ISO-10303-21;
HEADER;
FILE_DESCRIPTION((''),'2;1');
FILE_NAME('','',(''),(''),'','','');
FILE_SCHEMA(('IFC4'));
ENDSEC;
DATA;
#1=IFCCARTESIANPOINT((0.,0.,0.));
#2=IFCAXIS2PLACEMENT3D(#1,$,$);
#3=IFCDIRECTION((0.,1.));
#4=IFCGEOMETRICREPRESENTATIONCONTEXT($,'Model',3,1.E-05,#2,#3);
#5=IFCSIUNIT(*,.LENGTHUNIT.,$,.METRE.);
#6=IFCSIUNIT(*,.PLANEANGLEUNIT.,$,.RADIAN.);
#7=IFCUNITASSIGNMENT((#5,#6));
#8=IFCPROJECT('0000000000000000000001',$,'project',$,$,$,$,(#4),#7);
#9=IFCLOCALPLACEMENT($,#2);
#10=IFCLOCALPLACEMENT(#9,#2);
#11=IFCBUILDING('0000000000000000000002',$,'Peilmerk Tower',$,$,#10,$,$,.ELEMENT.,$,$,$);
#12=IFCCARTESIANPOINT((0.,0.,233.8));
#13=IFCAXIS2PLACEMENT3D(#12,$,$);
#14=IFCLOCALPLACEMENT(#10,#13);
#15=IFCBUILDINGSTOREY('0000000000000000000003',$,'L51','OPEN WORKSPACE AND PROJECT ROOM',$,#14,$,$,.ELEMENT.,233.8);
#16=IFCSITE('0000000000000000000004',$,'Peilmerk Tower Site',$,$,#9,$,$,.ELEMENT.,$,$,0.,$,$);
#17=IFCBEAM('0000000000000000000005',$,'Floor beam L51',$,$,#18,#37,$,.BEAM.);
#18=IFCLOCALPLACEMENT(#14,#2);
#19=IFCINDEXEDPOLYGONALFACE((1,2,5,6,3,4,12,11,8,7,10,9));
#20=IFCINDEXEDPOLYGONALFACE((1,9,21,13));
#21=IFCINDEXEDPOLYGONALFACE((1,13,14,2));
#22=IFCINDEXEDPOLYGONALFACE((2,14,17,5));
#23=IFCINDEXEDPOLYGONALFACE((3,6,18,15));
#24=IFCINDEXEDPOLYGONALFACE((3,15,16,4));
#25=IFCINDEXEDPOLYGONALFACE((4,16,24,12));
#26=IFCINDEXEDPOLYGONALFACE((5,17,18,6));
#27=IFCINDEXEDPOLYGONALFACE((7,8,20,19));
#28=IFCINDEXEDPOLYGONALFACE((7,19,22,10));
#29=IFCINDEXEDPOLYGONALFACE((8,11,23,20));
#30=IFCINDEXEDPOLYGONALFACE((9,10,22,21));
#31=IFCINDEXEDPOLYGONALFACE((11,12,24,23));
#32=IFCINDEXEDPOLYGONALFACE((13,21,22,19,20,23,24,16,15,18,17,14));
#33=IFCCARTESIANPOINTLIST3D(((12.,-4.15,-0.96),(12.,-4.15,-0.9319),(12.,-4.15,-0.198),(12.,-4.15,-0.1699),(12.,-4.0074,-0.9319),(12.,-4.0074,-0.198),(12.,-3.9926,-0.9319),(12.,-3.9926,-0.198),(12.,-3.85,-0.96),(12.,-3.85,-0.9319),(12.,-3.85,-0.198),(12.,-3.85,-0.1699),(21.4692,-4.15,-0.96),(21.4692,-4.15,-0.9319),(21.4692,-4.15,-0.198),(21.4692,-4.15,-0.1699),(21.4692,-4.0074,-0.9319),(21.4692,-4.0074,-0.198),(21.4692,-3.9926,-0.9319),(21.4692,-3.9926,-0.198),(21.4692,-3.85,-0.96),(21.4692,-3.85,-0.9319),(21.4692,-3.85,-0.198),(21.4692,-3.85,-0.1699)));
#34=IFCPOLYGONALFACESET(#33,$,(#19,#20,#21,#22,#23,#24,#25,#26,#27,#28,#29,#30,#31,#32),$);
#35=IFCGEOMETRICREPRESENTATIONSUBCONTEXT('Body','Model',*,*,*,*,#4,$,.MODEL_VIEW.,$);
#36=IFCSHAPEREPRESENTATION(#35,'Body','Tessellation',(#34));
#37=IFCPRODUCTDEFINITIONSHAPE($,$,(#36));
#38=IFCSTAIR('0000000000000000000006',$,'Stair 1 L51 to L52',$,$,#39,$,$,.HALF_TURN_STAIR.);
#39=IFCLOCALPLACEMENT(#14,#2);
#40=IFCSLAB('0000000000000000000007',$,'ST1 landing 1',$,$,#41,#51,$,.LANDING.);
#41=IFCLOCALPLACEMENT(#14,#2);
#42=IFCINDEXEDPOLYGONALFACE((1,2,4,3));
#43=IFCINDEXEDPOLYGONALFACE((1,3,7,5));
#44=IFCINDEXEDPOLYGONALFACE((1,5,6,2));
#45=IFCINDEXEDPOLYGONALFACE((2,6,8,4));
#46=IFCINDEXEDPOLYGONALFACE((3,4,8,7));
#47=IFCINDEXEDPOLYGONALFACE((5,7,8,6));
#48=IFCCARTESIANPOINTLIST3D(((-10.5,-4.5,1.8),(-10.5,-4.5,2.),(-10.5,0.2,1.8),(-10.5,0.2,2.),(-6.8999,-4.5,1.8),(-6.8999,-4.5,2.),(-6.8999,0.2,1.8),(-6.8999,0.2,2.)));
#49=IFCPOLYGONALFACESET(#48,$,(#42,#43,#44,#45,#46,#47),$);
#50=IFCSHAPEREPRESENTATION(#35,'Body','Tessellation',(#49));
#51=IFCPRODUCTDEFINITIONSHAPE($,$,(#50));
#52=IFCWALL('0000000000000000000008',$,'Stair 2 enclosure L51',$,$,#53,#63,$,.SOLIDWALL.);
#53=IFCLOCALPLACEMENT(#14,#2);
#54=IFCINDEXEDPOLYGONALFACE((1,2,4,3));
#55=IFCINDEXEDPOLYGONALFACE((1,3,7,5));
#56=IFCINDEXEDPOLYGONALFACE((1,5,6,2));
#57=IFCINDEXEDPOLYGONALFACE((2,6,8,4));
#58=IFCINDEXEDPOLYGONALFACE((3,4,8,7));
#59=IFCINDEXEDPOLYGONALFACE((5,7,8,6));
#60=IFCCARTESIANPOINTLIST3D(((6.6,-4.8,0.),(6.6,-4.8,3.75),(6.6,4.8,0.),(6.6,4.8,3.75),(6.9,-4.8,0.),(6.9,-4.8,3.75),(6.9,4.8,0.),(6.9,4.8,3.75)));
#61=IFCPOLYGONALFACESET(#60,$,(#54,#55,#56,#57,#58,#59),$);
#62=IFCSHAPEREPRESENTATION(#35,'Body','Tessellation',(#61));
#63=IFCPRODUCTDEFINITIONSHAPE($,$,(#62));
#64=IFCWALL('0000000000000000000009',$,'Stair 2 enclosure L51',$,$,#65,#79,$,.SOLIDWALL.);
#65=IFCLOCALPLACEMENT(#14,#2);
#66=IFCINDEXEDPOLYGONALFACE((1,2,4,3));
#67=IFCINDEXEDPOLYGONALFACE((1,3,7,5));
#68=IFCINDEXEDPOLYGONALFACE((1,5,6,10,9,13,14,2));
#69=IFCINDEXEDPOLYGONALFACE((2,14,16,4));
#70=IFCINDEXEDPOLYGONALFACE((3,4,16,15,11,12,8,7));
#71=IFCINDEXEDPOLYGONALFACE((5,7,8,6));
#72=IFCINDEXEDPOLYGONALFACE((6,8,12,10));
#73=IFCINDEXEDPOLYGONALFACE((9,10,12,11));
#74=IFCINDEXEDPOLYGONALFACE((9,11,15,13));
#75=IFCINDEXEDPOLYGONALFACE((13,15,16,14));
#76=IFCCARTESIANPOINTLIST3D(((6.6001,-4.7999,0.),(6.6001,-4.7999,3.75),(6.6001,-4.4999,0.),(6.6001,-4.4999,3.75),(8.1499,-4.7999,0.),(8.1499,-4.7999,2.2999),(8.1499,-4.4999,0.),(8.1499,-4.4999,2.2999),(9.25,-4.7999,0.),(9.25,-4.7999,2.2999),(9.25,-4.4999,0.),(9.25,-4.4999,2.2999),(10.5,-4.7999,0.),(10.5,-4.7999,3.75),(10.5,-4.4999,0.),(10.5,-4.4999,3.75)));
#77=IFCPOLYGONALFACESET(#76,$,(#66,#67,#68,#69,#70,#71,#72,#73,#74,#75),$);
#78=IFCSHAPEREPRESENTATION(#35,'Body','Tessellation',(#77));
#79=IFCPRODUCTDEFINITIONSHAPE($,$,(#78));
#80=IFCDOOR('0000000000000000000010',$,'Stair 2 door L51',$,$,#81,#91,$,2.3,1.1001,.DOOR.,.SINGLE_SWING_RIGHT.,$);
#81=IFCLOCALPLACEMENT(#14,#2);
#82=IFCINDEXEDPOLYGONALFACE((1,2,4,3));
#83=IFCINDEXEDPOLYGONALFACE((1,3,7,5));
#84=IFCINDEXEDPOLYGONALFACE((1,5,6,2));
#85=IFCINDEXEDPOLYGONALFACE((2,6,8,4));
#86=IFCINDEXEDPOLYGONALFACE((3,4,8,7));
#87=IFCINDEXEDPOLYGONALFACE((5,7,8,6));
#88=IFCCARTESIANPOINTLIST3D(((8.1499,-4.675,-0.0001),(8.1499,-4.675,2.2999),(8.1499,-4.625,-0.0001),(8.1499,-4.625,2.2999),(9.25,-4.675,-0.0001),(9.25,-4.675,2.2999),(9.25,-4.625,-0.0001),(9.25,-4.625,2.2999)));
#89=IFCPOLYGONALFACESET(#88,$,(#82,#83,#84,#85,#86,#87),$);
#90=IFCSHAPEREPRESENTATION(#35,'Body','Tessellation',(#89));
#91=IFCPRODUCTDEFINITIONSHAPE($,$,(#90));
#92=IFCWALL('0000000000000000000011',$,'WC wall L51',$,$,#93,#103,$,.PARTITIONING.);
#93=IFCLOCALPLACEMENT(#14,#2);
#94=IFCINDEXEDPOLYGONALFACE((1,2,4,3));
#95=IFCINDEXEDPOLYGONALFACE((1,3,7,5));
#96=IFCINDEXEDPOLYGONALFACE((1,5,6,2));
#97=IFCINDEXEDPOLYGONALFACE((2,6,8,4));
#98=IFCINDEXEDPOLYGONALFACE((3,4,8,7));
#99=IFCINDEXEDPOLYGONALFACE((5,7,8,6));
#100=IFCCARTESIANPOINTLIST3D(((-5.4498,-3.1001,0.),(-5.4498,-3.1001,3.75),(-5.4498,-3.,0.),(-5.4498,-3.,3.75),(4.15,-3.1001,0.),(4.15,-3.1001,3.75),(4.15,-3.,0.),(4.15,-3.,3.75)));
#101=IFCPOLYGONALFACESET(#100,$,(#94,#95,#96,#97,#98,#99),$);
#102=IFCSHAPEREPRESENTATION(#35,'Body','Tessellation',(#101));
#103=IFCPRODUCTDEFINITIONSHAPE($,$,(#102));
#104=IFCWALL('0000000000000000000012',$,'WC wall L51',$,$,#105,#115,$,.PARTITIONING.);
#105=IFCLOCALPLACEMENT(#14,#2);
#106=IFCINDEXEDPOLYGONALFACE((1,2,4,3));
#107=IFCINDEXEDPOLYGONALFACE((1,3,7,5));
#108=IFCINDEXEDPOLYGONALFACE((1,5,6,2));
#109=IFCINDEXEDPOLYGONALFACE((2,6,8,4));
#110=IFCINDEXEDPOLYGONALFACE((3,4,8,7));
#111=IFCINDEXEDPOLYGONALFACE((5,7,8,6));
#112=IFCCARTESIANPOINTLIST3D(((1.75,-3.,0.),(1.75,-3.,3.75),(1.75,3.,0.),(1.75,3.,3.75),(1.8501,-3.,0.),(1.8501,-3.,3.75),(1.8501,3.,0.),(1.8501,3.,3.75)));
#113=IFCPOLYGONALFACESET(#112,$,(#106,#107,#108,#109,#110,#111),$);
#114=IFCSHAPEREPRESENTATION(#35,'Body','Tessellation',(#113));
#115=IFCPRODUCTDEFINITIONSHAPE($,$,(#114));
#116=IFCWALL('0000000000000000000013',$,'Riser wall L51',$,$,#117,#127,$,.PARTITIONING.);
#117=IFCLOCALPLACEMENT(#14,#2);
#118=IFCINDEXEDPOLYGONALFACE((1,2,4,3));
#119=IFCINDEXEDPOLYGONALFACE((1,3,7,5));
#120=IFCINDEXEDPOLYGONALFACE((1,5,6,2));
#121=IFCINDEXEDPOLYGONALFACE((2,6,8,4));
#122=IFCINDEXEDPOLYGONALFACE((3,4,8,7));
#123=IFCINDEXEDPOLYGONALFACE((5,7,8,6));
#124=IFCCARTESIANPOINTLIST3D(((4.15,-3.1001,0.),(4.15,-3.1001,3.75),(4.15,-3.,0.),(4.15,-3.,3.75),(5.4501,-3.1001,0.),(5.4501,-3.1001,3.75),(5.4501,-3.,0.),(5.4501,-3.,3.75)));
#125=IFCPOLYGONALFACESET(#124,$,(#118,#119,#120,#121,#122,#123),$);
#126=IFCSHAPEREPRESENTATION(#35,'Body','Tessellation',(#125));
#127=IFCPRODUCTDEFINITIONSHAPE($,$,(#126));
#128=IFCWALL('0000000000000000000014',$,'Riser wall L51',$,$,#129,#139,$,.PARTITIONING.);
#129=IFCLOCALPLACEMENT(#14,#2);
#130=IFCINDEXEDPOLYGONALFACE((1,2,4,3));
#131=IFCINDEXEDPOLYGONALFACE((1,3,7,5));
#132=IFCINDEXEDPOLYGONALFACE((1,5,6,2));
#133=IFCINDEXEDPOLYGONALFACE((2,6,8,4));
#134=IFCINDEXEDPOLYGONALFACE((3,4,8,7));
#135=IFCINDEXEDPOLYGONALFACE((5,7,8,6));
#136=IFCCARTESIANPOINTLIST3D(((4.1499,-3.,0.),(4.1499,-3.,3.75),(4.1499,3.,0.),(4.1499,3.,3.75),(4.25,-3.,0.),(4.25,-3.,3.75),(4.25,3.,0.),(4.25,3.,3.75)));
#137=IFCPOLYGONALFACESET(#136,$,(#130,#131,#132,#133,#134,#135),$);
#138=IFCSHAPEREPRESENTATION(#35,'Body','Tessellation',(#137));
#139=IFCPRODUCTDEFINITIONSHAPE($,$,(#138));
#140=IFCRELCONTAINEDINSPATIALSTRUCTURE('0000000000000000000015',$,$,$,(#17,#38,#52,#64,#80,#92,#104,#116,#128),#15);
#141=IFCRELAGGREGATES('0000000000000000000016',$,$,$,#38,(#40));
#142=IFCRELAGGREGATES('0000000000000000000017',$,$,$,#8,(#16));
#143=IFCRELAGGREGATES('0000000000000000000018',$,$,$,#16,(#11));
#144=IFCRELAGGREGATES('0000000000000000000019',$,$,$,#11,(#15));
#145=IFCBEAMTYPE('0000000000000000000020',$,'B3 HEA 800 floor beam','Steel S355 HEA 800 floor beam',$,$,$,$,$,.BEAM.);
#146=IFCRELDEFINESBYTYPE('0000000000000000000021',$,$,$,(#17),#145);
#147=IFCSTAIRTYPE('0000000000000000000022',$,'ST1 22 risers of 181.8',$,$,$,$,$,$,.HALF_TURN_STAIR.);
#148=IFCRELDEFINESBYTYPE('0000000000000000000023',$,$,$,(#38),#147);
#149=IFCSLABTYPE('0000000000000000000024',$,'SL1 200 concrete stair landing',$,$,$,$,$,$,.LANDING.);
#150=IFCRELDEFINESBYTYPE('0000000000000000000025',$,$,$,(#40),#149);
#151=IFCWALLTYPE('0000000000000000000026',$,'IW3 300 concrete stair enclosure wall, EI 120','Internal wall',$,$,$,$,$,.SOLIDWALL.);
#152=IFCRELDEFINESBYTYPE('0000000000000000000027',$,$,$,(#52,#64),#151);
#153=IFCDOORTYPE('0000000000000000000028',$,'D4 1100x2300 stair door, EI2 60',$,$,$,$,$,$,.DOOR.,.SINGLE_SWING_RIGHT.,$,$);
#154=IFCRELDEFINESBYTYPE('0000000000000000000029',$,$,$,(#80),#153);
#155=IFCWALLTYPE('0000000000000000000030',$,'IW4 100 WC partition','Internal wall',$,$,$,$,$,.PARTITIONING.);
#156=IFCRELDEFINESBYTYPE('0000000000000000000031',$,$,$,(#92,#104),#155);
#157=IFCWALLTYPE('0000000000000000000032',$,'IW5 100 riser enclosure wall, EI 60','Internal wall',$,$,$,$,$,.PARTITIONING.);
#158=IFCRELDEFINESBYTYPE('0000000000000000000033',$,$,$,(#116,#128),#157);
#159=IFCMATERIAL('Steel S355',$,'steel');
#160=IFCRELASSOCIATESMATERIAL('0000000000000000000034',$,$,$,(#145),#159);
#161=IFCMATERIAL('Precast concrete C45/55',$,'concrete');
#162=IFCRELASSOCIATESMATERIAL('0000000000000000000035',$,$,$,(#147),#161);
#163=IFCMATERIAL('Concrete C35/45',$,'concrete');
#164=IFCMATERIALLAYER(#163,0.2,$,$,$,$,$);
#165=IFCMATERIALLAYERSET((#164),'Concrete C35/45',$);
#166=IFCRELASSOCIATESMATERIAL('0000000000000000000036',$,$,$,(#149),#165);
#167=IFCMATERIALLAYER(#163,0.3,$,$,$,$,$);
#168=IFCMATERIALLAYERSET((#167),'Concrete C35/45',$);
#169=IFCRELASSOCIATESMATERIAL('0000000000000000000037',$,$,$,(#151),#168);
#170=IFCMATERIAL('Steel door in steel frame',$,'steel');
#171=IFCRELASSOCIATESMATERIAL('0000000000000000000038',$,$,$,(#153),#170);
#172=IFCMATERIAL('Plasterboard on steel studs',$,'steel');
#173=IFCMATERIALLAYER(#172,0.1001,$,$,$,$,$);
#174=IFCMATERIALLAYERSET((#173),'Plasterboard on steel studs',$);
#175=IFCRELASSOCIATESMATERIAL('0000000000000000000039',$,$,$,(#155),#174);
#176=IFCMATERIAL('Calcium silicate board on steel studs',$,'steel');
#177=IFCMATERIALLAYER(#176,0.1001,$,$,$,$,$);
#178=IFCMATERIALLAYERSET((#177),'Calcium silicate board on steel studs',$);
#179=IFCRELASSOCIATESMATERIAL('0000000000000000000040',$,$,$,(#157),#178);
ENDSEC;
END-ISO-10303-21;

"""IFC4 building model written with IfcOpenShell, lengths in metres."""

from ifc_helpers import new_model, si_unit, direction, frame, frame_2d, origin, origin_2d, place, context, subcontext, project, spatial, polyline, rectangle, i_section, outline, extrude, material, layer, layer_set, material_profile, profile_set, type_object, element, fill, aggregate, save


model = new_model("IFC4")

# Units and contexts
model_context = context("Model", 3, precision=1e-05, world=origin(), true_north=direction((0.0, 1.0)))
body_context = subcontext(model_context, "Body", "Model", "MODEL_VIEW")
ifc_project = project(units=[si_unit("LENGTHUNIT", "METRE"), si_unit("PLANEANGLEUNIT", "RADIAN")], contexts=[model_context])

# Site, building, storey
site_placement = place(None, origin())
site = spatial("IfcSite", under=ifc_project, at=site_placement, Name="Peilmerk Tower Site", CompositionType="ELEMENT", RefElevation=0.0)
building_placement = place(site_placement, origin())
building = spatial("IfcBuilding", under=site, at=building_placement, Name="Peilmerk Tower", CompositionType="ELEMENT")
storey_placement = place(building_placement, frame((0.0, 0.0, 233.8)))
storey = spatial("IfcBuildingStorey", under=building, at=storey_placement, Name="L51", Description="OPEN WORKSPACE AND PROJECT ROOM", CompositionType="ELEMENT", Elevation=233.8)

# Beam
ifc_material_1 = material(Name="Steel S355", Category="steel")
ifc_material_profile = material_profile(ifc_material_1, i_section(OverallWidth=0.3, OverallDepth=0.79, WebThickness=0.0149, FlangeThickness=0.0281, at=origin_2d()), Name="HEA 800")
ifc_profile_set = profile_set([ifc_material_profile], Name="Steel S355")
beam_type = type_object("IfcBeamType", Name="B3 HEA 800 floor beam", Description="Steel S355 HEA 800 floor beam", PredefinedType="BEAM", material=ifc_profile_set)
beam_placement = place(storey_placement, frame((12.0, -4.0, -0.5649), z_axis=(1.0, 0.0, 0.0), x_axis=(0.0, 1.0, 0.0)))
element("IfcBeam", 1, at=beam_placement, inside=storey, type_object=beam_type, Name="Floor beam L51", PredefinedType="BEAM", context=body_context, shape_type="SweptSolid", body=[
    extrude(i_section(OverallWidth=0.3, OverallDepth=0.79, WebThickness=0.0149, FlangeThickness=0.0281, at=origin_2d()), origin(), (0.0, 0.0, 1.0), 9.4692),
])

# Stair, slab
ifc_material_2 = material(Name="Precast concrete C45/55", Category="concrete")
stair_type_1 = type_object("IfcStairType", Name="ST1 22 risers of 181.8", PredefinedType="HALF_TURN_STAIR", material=ifc_material_2)
stair_1_placement = place(storey_placement, origin())
stair_1 = element("IfcStair", 2, at=stair_1_placement, inside=storey, type_object=stair_type_1, Name="Stair 1 L51 to L52", PredefinedType="HALF_TURN_STAIR")
ifc_material_3 = material(Name="Concrete C35/45", Category="concrete")
ifc_layer_1 = layer(ifc_material_3, 0.2)
ifc_layer_set_1 = layer_set([ifc_layer_1], Name="Concrete C35/45")
slab_type = type_object("IfcSlabType", Name="SL1 200 concrete stair landing", PredefinedType="LANDING", material=ifc_layer_set_1)
slab_placement = place(storey_placement, frame((0.0, 0.0, 1.8)))
slab = element("IfcSlab", 3, at=slab_placement, type_object=slab_type, Name="ST1 landing 1", PredefinedType="LANDING", context=body_context, shape_type="SweptSolid", body=[
    extrude(outline(polyline([(-10.5, -4.5), (-6.8999, -4.5), (-6.8999, 0.2), (-10.5, 0.2), (-10.5, -4.5)])), origin(), (0.0, 0.0, 1.0), 0.2),
])
aggregate(stair_1, [slab])

# Wall
ifc_layer_2 = layer(ifc_material_3, 0.3)
ifc_layer_set_2 = layer_set([ifc_layer_2], Name="Concrete C35/45")
wall_type_1 = type_object("IfcWallType", Name="IW3 300 concrete stair enclosure wall, EI 120", Description="Internal wall", PredefinedType="SOLIDWALL", material=ifc_layer_set_2)
wall_1_placement = place(storey_placement, frame((6.75, -4.8, 0.0), z_axis=(0.0, 0.0, 1.0), x_axis=(0.0, 1.0, 0.0)))
element("IfcWall", 4, at=wall_1_placement, inside=storey, type_object=wall_type_1, Name="Stair 2 enclosure L51", PredefinedType="SOLIDWALL", context=body_context, shape_type="SweptSolid", body=[
    extrude(rectangle(XDim=9.6001, YDim=0.3, at=frame_2d((4.8, 0.0))), origin(), (0.0, 0.0, 1.0), 3.75),
])

# Wall, opening, door
wall_2_placement = place(storey_placement, frame((10.5, -4.6499, 0.0), z_axis=(0.0, 0.0, 1.0), x_axis=(-1.0, 0.0, 0.0)))
wall_2 = element("IfcWall", 5, at=wall_2_placement, inside=storey, type_object=wall_type_1, Name="Stair 2 enclosure L51", PredefinedType="SOLIDWALL", context=body_context, shape_type="SweptSolid", body=[
    extrude(rectangle(XDim=3.8999, YDim=0.3, at=frame_2d((1.95, 0.0))), origin(), (0.0, 0.0, 1.0), 3.75),
])
opening_1_placement = place(wall_2_placement, frame((1.25, 0.0, 0.0)))
opening_1 = element("IfcOpeningElement", 6, at=opening_1_placement, cuts=wall_2, PredefinedType="OPENING", context=body_context, shape_type="SweptSolid", body=[
    extrude(rectangle(XDim=1.1001, YDim=2.3, at=frame_2d((0.55, 1.1499))), frame((0.0, 0.1599, 0.0), z_axis=(0.0, -1.0, 0.0), x_axis=(1.0, 0.0, 0.0)), (0.0, 0.0, 1.0), 0.3201),
])
ifc_material_4 = material(Name="Steel door in steel frame", Category="steel")
door_type_1 = type_object("IfcDoorType", Name="D4 1100x2300 stair door, EI2 60", OperationType="SINGLE_SWING_RIGHT", PredefinedType="DOOR", material=ifc_material_4)
door_1_placement = place(opening_1_placement, frame((1.1001, 0.0, 0.0), z_axis=(0.0, 0.0, 1.0), x_axis=(-1.0, 0.0, 0.0)))
door_1 = element("IfcDoor", 7, at=door_1_placement, inside=storey, type_object=door_type_1, Name="Stair 2 door L51", OperationType="SINGLE_SWING_RIGHT", OverallHeight=2.3, OverallWidth=1.1001, PredefinedType="DOOR", context=body_context, shape_type="SweptSolid", body=[
    extrude(rectangle(XDim=1.1001, YDim=2.3, at=frame_2d((0.55, 1.1499))), frame((0.0, 0.0249, 0.0), z_axis=(0.0, -1.0, 0.0), x_axis=(1.0, 0.0, 0.0)), (0.0, 0.0, 1.0), 0.05),
])
fill(opening_1, door_1)

# Walls
ifc_material_5 = material(Name="Plasterboard on steel studs", Category="steel")
ifc_layer_3 = layer(ifc_material_5, 0.1001)
ifc_layer_set_3 = layer_set([ifc_layer_3], Name="Plasterboard on steel studs")
wall_type_2 = type_object("IfcWallType", Name="IW4 100 WC partition", Description="Internal wall", PredefinedType="PARTITIONING", material=ifc_layer_set_3)
wall_3_placement = place(storey_placement, frame((4.1499, -3.05, 0.0), z_axis=(0.0, 0.0, 1.0), x_axis=(-1.0, 0.0, 0.0)))
element("IfcWall", 8, at=wall_3_placement, inside=storey, type_object=wall_type_2, Name="WC wall L51", PredefinedType="PARTITIONING", context=body_context, shape_type="SweptSolid", body=[
    extrude(rectangle(XDim=9.5999, YDim=0.1001, at=frame_2d((4.7998, 0.0))), origin(), (0.0, 0.0, 1.0), 3.75),
])
wall_4_placement = place(storey_placement, frame((1.8, -3.0, 0.0), z_axis=(0.0, 0.0, 1.0), x_axis=(0.0, 1.0, 0.0)))
element("IfcWall", 9, at=wall_4_placement, inside=storey, type_object=wall_type_2, Name="WC wall L51", PredefinedType="PARTITIONING", context=body_context, shape_type="SweptSolid", body=[
    extrude(rectangle(XDim=6.0, YDim=0.1001, at=frame_2d((3.0, 0.0))), origin(), (0.0, 0.0, 1.0), 3.75),
])
ifc_material_6 = material(Name="Calcium silicate board on steel studs", Category="steel")
ifc_layer_4 = layer(ifc_material_6, 0.1001)
ifc_layer_set_4 = layer_set([ifc_layer_4], Name="Calcium silicate board on steel studs")
wall_type_3 = type_object("IfcWallType", Name="IW5 100 riser enclosure wall, EI 60", Description="Internal wall", PredefinedType="PARTITIONING", material=ifc_layer_set_4)
wall_5_placement = place(storey_placement, frame((5.45, -3.05, 0.0), z_axis=(0.0, 0.0, 1.0), x_axis=(-1.0, 0.0, 0.0)))
element("IfcWall", 10, at=wall_5_placement, inside=storey, type_object=wall_type_3, Name="Riser wall L51", PredefinedType="PARTITIONING", context=body_context, shape_type="SweptSolid", body=[
    extrude(rectangle(XDim=1.3, YDim=0.1001, at=frame_2d((0.6499, 0.0))), origin(), (0.0, 0.0, 1.0), 3.75),
])
wall_6_placement = place(storey_placement, frame((4.2, -3.0, 0.0), z_axis=(0.0, 0.0, 1.0), x_axis=(0.0, 1.0, 0.0)))
element("IfcWall", 11, at=wall_6_placement, inside=storey, type_object=wall_type_3, Name="Riser wall L51", PredefinedType="PARTITIONING", context=body_context, shape_type="SweptSolid", body=[
    extrude(rectangle(XDim=6.0, YDim=0.1001, at=frame_2d((3.0, 0.0))), origin(), (0.0, 0.0, 1.0), 3.75),
])

save(model, "model.ifc")
